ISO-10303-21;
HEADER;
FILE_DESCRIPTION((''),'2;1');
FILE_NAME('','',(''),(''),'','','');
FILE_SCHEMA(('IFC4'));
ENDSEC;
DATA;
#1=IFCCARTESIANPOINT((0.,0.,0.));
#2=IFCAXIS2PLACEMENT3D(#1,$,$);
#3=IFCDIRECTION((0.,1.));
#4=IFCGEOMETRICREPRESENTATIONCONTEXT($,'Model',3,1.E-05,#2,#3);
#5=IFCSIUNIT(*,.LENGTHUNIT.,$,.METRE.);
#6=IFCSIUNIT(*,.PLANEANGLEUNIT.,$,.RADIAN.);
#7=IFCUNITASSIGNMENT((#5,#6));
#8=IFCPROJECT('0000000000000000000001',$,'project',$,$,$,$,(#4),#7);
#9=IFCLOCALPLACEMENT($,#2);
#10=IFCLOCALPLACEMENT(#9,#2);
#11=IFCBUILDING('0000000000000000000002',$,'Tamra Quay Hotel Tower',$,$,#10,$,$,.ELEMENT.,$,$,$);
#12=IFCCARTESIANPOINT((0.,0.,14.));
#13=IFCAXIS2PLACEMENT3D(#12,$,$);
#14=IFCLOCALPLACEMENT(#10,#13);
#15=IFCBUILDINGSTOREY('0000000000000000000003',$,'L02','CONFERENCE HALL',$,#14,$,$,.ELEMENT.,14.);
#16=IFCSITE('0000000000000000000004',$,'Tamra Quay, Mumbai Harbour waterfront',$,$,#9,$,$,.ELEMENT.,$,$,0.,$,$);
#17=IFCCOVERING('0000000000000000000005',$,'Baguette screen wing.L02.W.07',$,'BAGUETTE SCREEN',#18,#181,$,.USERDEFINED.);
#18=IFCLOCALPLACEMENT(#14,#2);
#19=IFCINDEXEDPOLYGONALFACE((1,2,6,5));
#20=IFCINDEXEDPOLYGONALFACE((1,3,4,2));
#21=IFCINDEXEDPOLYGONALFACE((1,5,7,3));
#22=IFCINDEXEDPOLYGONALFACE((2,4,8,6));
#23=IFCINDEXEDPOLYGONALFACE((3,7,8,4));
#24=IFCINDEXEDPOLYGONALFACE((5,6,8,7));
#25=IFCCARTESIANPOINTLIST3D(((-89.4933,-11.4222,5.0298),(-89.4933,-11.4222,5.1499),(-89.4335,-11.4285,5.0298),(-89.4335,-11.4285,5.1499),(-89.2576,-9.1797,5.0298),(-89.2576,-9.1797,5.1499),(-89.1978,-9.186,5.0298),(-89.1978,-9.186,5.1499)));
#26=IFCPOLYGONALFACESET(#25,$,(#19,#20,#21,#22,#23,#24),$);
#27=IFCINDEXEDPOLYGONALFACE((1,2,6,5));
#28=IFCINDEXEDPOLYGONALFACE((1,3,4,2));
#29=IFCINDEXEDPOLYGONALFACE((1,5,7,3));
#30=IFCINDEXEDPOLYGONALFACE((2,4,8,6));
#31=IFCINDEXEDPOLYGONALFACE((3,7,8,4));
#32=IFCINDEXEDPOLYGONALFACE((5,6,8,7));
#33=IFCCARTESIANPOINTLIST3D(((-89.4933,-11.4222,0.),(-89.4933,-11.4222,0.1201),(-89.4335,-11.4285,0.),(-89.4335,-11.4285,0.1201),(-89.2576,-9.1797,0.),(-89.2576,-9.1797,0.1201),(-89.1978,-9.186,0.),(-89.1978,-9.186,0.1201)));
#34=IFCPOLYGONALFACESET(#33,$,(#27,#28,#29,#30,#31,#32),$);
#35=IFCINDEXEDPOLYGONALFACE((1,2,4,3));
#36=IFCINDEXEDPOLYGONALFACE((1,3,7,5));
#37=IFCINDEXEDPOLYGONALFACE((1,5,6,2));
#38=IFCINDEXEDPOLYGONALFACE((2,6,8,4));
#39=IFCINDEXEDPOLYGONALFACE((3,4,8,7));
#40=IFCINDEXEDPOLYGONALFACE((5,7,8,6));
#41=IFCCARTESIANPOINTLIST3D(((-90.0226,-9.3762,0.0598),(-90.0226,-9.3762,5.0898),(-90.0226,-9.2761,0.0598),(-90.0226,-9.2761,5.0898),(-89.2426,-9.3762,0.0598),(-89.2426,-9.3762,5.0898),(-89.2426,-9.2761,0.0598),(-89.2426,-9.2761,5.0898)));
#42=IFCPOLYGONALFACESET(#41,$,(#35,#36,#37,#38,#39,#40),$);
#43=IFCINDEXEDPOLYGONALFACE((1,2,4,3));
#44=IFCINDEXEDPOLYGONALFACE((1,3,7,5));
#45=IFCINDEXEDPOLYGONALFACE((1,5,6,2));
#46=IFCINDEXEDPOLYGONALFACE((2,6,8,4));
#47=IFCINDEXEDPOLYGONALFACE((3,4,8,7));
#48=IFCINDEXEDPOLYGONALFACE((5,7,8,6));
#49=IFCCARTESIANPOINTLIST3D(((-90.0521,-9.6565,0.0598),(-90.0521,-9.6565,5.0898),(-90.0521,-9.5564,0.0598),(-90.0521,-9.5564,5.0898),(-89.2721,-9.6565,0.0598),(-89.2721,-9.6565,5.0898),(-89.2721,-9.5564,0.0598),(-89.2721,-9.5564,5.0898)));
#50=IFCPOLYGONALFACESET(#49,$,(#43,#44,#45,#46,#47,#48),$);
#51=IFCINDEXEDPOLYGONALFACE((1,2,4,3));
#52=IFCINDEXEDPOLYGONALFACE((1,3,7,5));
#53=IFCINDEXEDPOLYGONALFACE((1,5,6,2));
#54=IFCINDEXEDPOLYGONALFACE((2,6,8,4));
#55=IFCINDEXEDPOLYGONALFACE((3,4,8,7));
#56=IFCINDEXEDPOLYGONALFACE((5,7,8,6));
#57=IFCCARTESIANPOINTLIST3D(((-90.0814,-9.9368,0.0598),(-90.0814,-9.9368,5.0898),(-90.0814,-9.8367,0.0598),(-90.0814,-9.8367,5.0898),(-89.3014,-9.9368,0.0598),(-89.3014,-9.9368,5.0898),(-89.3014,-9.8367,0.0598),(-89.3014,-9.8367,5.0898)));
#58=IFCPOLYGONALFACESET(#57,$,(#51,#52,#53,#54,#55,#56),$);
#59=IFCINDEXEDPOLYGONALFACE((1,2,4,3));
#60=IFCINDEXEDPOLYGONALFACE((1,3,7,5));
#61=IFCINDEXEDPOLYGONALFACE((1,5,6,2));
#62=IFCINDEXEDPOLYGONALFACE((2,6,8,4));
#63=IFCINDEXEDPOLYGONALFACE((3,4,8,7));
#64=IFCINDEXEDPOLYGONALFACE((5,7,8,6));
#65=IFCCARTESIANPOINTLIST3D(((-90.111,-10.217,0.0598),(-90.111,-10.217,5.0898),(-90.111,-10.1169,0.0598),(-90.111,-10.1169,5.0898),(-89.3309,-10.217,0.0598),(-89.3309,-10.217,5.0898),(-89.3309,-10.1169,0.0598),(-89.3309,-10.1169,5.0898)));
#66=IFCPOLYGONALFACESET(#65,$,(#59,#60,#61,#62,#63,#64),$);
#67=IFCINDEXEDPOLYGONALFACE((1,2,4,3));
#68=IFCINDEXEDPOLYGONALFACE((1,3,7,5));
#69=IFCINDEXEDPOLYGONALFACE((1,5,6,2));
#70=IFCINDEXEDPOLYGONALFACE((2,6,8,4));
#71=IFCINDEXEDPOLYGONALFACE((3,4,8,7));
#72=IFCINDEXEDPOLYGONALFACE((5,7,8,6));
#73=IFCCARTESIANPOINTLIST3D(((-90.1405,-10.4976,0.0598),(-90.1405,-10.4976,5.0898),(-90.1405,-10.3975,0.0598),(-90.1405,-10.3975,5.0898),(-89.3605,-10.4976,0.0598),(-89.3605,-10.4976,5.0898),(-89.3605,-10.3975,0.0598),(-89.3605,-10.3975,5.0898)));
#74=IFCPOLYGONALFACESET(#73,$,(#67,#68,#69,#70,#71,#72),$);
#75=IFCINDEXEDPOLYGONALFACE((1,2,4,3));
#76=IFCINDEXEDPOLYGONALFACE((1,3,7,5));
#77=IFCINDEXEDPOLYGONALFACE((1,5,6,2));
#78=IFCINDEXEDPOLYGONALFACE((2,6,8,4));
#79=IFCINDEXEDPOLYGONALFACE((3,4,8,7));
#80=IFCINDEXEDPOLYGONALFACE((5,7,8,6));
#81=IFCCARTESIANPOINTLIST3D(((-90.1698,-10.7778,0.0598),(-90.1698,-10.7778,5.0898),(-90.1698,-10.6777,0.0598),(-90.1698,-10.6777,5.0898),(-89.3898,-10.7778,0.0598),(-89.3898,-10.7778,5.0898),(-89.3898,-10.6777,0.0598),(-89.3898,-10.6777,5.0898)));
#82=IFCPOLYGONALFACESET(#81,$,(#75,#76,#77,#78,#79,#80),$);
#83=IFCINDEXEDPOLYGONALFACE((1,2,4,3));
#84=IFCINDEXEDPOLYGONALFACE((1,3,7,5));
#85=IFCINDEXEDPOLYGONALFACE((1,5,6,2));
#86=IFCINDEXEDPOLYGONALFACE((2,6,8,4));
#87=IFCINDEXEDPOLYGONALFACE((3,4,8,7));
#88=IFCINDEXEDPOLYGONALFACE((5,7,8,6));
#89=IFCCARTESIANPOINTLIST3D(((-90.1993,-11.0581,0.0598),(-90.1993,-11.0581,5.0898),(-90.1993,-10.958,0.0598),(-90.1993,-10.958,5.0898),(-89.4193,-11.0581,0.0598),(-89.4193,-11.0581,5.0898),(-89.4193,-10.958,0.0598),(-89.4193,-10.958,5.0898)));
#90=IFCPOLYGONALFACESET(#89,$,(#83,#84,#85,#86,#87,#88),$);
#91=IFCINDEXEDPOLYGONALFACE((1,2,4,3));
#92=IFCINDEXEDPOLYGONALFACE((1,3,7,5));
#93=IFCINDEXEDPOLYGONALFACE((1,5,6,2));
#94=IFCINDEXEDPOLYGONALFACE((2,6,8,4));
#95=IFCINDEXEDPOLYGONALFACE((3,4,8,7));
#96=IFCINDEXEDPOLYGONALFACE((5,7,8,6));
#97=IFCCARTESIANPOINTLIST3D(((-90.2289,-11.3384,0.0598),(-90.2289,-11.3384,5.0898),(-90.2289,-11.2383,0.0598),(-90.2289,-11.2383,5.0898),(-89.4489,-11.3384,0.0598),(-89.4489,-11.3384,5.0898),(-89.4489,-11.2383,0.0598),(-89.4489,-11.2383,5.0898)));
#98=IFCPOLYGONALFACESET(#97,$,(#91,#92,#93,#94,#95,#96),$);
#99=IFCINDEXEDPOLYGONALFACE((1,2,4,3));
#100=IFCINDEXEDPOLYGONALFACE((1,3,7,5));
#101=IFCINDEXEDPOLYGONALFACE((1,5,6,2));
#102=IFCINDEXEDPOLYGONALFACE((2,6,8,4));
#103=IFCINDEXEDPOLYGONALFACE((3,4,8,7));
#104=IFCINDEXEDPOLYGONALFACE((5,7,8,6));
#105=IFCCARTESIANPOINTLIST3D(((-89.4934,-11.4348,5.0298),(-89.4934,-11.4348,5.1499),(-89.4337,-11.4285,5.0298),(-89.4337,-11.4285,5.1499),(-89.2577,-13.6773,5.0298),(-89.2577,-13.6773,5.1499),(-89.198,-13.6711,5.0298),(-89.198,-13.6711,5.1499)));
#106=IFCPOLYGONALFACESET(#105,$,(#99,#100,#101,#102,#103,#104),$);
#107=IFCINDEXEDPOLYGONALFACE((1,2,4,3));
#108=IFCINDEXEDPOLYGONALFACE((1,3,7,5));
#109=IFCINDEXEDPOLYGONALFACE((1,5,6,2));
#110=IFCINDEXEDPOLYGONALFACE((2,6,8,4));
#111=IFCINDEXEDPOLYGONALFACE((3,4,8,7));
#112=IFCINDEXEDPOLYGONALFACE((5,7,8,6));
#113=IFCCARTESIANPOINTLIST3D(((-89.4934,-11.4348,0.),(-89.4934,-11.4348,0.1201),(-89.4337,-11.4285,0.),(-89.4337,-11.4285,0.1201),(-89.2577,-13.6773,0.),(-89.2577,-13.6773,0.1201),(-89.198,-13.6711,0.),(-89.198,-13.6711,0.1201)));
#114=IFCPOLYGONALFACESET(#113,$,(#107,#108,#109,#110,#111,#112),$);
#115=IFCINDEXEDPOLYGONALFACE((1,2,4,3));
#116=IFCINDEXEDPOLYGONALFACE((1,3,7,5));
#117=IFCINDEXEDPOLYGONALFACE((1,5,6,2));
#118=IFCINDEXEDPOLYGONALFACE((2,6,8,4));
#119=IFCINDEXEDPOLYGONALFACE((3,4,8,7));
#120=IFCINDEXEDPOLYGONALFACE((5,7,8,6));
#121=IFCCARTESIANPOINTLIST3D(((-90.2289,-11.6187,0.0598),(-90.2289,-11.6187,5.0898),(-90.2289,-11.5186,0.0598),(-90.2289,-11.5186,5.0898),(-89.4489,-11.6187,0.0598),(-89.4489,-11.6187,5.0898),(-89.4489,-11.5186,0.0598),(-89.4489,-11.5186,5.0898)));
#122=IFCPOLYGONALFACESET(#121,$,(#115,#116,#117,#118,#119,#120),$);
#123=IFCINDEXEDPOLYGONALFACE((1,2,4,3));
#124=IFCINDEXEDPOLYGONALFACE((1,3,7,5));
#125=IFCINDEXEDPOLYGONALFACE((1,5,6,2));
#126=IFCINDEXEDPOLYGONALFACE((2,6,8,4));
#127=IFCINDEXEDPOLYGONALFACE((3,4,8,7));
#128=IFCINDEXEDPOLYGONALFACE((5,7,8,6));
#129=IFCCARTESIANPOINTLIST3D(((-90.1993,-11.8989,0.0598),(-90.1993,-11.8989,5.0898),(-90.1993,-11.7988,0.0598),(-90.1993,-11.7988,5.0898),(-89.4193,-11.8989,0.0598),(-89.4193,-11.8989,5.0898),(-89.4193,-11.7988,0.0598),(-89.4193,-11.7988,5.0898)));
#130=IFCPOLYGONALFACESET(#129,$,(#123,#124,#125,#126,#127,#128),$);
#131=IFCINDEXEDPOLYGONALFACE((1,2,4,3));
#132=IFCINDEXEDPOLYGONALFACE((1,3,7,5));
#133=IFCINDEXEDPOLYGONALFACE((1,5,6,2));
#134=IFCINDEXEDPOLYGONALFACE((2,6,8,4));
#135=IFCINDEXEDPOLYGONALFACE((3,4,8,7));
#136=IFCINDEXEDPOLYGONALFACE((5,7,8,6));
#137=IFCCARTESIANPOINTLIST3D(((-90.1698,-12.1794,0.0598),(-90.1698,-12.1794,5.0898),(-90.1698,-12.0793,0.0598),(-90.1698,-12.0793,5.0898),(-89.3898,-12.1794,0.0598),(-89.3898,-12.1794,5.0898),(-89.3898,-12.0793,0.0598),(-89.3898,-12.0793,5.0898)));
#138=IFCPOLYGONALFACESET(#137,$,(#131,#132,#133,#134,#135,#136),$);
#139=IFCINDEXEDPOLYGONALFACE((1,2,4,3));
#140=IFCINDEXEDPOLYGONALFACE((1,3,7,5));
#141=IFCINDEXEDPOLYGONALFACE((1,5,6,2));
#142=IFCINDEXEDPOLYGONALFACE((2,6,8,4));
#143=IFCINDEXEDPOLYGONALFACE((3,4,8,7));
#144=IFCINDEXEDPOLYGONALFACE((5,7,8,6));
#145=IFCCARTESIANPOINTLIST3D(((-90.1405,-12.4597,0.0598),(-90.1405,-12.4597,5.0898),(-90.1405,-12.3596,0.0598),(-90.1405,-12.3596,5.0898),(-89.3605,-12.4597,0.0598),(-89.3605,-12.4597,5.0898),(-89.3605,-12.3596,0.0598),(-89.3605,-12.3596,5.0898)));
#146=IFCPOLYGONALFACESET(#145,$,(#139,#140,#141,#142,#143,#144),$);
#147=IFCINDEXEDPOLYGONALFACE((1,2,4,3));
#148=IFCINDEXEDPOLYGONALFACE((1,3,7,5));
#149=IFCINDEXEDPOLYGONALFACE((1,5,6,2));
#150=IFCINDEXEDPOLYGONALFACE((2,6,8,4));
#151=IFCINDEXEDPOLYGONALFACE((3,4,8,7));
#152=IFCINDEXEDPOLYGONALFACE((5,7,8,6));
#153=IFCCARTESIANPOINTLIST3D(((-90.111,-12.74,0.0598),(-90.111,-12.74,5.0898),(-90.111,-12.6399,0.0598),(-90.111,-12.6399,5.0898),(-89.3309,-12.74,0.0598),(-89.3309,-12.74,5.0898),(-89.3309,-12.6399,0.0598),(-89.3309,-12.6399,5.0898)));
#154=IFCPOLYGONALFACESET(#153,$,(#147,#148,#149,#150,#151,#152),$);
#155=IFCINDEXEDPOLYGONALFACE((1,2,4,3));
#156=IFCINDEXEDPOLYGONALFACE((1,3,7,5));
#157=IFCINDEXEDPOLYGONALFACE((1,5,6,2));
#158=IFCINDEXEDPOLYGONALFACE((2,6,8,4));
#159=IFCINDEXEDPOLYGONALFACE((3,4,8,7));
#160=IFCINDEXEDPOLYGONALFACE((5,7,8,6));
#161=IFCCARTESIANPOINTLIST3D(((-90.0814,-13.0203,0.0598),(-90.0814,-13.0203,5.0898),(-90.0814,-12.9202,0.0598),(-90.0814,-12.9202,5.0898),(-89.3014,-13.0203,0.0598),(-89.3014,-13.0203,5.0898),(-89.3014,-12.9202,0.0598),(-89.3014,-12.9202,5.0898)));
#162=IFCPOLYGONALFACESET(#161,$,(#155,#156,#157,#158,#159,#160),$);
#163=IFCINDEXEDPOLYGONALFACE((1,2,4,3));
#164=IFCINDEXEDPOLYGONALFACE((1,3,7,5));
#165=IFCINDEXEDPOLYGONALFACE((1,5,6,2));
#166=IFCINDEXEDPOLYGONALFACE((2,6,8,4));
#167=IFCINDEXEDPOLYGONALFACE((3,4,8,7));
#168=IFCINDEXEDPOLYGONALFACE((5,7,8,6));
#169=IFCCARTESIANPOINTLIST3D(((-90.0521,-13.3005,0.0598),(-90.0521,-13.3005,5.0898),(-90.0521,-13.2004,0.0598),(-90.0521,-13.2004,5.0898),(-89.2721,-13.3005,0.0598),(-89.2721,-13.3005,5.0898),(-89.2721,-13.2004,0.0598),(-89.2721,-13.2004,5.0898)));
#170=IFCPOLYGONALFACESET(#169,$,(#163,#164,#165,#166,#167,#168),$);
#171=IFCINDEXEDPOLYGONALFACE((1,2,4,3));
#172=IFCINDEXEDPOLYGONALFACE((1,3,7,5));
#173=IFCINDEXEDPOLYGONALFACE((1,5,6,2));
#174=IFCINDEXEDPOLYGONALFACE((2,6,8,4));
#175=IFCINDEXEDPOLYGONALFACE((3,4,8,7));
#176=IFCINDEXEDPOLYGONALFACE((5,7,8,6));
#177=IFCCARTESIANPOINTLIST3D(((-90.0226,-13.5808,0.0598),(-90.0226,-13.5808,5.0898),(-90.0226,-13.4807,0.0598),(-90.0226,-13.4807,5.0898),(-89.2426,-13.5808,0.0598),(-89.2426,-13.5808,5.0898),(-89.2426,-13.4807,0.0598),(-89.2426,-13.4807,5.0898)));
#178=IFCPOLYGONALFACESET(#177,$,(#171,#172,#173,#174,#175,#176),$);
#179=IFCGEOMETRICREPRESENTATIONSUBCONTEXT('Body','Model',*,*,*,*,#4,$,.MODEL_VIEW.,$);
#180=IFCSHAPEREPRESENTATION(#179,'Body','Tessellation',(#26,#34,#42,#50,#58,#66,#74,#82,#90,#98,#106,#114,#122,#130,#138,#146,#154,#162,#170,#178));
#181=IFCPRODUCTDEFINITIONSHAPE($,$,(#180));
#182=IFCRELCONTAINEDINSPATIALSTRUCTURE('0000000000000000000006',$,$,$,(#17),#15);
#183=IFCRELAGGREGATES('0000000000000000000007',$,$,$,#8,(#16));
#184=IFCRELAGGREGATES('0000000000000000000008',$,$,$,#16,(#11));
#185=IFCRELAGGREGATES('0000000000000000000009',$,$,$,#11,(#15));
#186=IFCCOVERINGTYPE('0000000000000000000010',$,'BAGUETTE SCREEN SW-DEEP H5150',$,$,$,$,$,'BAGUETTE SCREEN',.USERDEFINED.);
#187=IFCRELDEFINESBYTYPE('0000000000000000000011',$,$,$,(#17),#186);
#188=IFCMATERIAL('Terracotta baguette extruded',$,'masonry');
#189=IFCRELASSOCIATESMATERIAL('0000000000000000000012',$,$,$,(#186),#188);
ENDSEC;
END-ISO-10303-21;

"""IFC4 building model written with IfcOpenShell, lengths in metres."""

from ifc_helpers import new_model, si_unit, direction, frame, frame_2d, origin, place, context, subcontext, project, spatial, rectangle, extrude, source, transform, mapped, material, type_object, element, save


model = new_model("IFC4")

# Units and contexts
model_context = context("Model", 3, precision=1e-05, world=origin(), true_north=direction((0.0, 1.0)))
body_context = subcontext(model_context, "Body", "Model", "MODEL_VIEW")
ifc_project = project(units=[si_unit("LENGTHUNIT", "METRE"), si_unit("PLANEANGLEUNIT", "RADIAN")], contexts=[model_context])

# Site, building, storey
site_placement = place(None, origin())
site = spatial("IfcSite", under=ifc_project, at=site_placement, Name="Tamra Quay, Mumbai Harbour waterfront", CompositionType="ELEMENT", RefElevation=0.0)
building_placement = place(site_placement, origin())
building = spatial("IfcBuilding", under=site, at=building_placement, Name="Tamra Quay Hotel Tower", CompositionType="ELEMENT")
storey_placement = place(building_placement, frame((0.0, 0.0, 14.0)))
storey = spatial("IfcBuildingStorey", under=building, at=storey_placement, Name="L02", Description="CONFERENCE HALL", CompositionType="ELEMENT", Elevation=14.0)

# Covering
ifc_material_1 = material(Name="Terracotta baguette extruded", Category="masonry")
covering_type_1 = type_object("IfcCoveringType", Name="BAGUETTE SCREEN SW-DEEP H5150", ElementType="BAGUETTE SCREEN", PredefinedType="USERDEFINED", material=ifc_material_1)
shared_shape_1 = source(origin(), body_context, "Body", "SweptSolid", [
    extrude(rectangle(XDim=2.2549, YDim=0.0601, at=frame_2d((1.1274, 0.03))), frame((-2.2488, -0.0576, -0.1201), z_axis=(0.0, 0.0, 1.0), x_axis=(0.994522, -0.104528, 0.0)), (0.0, 0.0, 1.0), 0.1201),
    extrude(rectangle(XDim=2.2549, YDim=0.0601, at=frame_2d((1.1274, 0.03))), frame((-2.2488, -0.0576, -5.1499), z_axis=(0.0, 0.0, 1.0), x_axis=(0.994522, -0.104528, 0.0)), (0.0, 0.0, 1.0), 0.1201),
    extrude(rectangle(XDim=0.1001, YDim=0.78, at=frame_2d((0.05, 0.3901))), frame((-2.1523, -0.8228, -5.0901)), (0.0, 0.0, 1.0), 5.03),
    extrude(rectangle(XDim=0.1001, YDim=0.78, at=frame_2d((0.05, 0.3901))), frame((-1.8721, -0.8523, -5.0901)), (0.0, 0.0, 1.0), 5.03),
    extrude(rectangle(XDim=0.1001, YDim=0.78, at=frame_2d((0.05, 0.3901))), frame((-1.5918, -0.8816, -5.0901)), (0.0, 0.0, 1.0), 5.03),
    extrude(rectangle(XDim=0.1001, YDim=0.78, at=frame_2d((0.05, 0.3901))), frame((-1.3115, -0.9111, -5.0901)), (0.0, 0.0, 1.0), 5.03),
    extrude(rectangle(XDim=0.1001, YDim=0.78, at=frame_2d((0.05, 0.3901))), frame((-1.031, -0.9407, -5.0901)), (0.0, 0.0, 1.0), 5.03),
    extrude(rectangle(XDim=0.1001, YDim=0.78, at=frame_2d((0.05, 0.3901))), frame((-0.7507, -0.97, -5.0901)), (0.0, 0.0, 1.0), 5.03),
    extrude(rectangle(XDim=0.1001, YDim=0.78, at=frame_2d((0.05, 0.3901))), frame((-0.4705, -0.9995, -5.0901)), (0.0, 0.0, 1.0), 5.03),
    extrude(rectangle(XDim=0.1001, YDim=0.78, at=frame_2d((0.05, 0.3901))), frame((-0.1902, -1.0291, -5.0901)), (0.0, 0.0, 1.0), 5.03),
    extrude(rectangle(XDim=2.2549, YDim=0.0601, at=frame_2d((1.1274, 0.03))), frame((0.0063, -0.2935, -0.1201), z_axis=(0.0, 0.0, 1.0), x_axis=(0.994522, 0.104528, 0.0)), (0.0, 0.0, 1.0), 0.1201),
    extrude(rectangle(XDim=2.2549, YDim=0.0601, at=frame_2d((1.1274, 0.03))), frame((0.0063, -0.2935, -5.1499), z_axis=(0.0, 0.0, 1.0), x_axis=(0.994522, 0.104528, 0.0)), (0.0, 0.0, 1.0), 0.1201),
    extrude(rectangle(XDim=0.1001, YDim=0.78, at=frame_2d((0.05, 0.3901))), frame((0.0901, -1.0291, -5.0901)), (0.0, 0.0, 1.0), 5.03),
    extrude(rectangle(XDim=0.1001, YDim=0.78, at=frame_2d((0.05, 0.3901))), frame((0.3704, -0.9995, -5.0901)), (0.0, 0.0, 1.0), 5.03),
    extrude(rectangle(XDim=0.1001, YDim=0.78, at=frame_2d((0.05, 0.3901))), frame((0.6509, -0.97, -5.0901)), (0.0, 0.0, 1.0), 5.03),
    extrude(rectangle(XDim=0.1001, YDim=0.78, at=frame_2d((0.05, 0.3901))), frame((0.9312, -0.9407, -5.0901)), (0.0, 0.0, 1.0), 5.03),
    extrude(rectangle(XDim=0.1001, YDim=0.78, at=frame_2d((0.05, 0.3901))), frame((1.2114, -0.9111, -5.0901)), (0.0, 0.0, 1.0), 5.03),
    extrude(rectangle(XDim=0.1001, YDim=0.78, at=frame_2d((0.05, 0.3901))), frame((1.4917, -0.8816, -5.0901)), (0.0, 0.0, 1.0), 5.03),
    extrude(rectangle(XDim=0.1001, YDim=0.78, at=frame_2d((0.05, 0.3901))), frame((1.772, -0.8523, -5.0901)), (0.0, 0.0, 1.0), 5.03),
    extrude(rectangle(XDim=0.1001, YDim=0.78, at=frame_2d((0.05, 0.3901))), frame((2.0522, -0.8228, -5.0901)), (0.0, 0.0, 1.0), 5.03),
])
covering_placement = place(storey_placement, frame((-89.2, -11.4285, 5.1499), z_axis=(0.0, 0.0, 1.0), x_axis=(0.0, -1.0, 0.0)))
element("IfcCovering", 1, at=covering_placement, inside=storey, type_object=covering_type_1, Name="Baguette screen wing.L02.W.07", ObjectType="BAGUETTE SCREEN", PredefinedType="USERDEFINED", context=body_context, shape_type="MappedRepresentation", body=[
    mapped(shared_shape_1, transform((0.0, 0.0, 0.0), scale=1.0)),
])

save(model, "model.ifc")
